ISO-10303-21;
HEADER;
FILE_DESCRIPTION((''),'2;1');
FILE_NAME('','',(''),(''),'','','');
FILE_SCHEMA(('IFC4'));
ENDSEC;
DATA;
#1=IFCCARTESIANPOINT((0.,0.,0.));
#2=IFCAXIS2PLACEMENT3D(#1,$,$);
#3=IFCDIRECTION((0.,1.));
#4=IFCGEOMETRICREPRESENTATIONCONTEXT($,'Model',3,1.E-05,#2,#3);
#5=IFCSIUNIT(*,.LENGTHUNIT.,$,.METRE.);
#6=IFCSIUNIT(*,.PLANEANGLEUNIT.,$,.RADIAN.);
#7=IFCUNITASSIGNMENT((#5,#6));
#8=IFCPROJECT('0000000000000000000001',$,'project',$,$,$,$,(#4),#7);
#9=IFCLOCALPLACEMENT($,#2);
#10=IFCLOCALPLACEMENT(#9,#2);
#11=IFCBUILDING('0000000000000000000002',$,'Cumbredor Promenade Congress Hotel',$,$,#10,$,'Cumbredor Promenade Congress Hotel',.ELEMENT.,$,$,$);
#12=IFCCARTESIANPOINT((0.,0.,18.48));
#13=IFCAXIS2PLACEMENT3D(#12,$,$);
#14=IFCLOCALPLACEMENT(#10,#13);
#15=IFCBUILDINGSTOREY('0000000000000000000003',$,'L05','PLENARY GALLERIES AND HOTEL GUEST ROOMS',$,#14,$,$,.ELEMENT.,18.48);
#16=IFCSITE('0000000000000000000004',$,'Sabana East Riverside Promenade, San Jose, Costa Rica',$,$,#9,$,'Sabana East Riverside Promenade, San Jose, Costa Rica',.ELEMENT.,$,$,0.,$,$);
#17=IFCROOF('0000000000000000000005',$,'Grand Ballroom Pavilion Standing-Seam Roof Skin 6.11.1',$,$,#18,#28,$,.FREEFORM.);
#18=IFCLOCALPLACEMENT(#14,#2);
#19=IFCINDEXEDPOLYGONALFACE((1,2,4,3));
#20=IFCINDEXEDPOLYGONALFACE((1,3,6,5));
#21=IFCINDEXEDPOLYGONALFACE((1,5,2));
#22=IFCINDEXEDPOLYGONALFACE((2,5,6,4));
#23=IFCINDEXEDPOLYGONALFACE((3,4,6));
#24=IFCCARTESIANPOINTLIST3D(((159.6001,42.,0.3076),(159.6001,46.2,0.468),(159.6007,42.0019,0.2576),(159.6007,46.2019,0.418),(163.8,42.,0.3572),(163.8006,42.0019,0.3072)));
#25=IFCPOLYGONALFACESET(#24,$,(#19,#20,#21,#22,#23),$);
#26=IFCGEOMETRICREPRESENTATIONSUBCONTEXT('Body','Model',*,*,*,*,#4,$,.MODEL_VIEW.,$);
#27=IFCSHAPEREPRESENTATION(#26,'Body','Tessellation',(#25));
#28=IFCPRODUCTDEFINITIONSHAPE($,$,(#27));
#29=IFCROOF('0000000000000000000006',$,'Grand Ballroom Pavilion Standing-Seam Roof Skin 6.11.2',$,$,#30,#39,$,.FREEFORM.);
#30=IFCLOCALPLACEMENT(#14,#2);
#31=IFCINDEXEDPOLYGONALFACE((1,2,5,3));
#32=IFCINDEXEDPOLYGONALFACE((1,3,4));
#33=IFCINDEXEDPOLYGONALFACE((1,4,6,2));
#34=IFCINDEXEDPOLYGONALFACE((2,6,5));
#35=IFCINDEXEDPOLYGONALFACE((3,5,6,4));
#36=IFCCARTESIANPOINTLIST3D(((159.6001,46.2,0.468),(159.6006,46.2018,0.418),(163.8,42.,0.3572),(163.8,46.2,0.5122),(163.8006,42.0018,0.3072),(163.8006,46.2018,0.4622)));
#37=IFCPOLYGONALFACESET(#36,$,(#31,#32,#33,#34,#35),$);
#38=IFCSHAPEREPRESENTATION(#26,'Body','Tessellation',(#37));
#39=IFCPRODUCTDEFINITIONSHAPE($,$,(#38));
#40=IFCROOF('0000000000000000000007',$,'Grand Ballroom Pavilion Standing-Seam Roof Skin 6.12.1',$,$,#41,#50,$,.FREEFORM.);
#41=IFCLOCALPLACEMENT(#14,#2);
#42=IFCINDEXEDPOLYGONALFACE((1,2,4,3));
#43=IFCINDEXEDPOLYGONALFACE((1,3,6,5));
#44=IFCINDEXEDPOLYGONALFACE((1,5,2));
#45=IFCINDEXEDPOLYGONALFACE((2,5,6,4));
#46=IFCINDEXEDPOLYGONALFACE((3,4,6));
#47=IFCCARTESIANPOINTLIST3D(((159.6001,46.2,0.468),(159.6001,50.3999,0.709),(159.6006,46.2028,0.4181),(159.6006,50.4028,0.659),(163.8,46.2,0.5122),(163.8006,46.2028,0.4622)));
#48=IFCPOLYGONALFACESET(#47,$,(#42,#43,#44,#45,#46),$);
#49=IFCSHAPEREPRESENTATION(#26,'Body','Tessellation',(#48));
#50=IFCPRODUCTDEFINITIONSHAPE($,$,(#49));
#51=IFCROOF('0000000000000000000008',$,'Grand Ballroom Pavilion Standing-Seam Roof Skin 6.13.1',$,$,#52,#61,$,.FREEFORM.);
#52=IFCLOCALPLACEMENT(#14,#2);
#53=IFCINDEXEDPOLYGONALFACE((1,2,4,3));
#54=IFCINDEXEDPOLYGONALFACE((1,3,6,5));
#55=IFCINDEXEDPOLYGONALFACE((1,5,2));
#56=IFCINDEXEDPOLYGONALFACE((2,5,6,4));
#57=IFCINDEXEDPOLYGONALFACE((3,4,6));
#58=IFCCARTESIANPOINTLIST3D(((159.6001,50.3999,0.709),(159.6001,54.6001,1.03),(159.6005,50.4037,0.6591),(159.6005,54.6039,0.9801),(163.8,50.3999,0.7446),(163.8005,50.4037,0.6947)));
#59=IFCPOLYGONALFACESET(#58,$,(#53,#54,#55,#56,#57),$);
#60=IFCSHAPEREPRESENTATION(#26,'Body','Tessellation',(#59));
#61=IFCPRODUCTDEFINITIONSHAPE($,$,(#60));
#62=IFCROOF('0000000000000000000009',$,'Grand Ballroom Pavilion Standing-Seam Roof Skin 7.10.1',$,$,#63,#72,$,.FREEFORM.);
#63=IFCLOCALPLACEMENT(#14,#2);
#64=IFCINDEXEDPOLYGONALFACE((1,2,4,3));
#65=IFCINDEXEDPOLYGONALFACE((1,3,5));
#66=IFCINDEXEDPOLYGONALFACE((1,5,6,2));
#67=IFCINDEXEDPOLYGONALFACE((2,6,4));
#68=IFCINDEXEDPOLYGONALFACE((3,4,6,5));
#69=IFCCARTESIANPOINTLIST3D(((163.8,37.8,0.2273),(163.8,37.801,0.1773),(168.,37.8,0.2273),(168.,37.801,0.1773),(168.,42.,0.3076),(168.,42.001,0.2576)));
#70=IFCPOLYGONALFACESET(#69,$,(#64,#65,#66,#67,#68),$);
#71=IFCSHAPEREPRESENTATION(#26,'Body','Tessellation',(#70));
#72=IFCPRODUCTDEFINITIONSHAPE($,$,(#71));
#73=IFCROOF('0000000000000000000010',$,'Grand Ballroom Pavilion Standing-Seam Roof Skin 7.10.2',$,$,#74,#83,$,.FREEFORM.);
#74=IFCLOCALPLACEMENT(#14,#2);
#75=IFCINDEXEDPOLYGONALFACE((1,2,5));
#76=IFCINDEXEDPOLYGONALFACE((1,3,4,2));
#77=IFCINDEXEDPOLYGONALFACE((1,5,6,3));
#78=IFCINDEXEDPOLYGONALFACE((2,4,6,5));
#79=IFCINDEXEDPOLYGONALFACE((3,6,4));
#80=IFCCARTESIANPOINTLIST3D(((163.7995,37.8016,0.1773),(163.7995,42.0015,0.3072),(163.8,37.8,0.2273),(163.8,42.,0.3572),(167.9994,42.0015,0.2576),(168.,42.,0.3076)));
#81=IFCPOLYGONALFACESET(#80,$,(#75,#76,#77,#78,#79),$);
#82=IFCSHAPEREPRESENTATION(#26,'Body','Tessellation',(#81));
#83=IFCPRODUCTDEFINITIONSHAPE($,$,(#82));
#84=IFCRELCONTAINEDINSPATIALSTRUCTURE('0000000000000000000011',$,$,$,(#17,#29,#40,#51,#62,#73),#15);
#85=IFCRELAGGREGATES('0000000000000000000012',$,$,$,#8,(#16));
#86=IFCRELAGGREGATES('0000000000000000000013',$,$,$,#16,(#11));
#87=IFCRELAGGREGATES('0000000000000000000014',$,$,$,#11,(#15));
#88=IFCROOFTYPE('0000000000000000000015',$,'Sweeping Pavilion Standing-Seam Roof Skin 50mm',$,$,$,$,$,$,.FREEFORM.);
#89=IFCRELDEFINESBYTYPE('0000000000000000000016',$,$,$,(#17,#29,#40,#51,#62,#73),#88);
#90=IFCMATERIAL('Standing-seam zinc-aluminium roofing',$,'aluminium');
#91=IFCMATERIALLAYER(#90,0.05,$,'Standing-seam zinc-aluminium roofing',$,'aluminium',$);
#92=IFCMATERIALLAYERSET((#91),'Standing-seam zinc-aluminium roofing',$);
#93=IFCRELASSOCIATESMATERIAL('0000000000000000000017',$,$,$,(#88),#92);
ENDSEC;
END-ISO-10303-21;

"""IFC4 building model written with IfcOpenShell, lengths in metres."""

from ifc_helpers import new_model, si_unit, direction, frame, origin, place, context, subcontext, project, spatial, polyline, outline, extrude, material, layer, layer_set, type_object, element, save


model = new_model("IFC4")

# Units and contexts
model_context = context("Model", 3, precision=1e-05, world=origin(), true_north=direction((0.0, 1.0)))
body_context = subcontext(model_context, "Body", "Model", "MODEL_VIEW")
ifc_project = project(units=[si_unit("LENGTHUNIT", "METRE"), si_unit("PLANEANGLEUNIT", "RADIAN")], contexts=[model_context])

# Site, building, storey
site_placement = place(None, origin())
site = spatial("IfcSite", under=ifc_project, at=site_placement, Name="Sabana East Riverside Promenade, San Jose, Costa Rica", LongName="Sabana East Riverside Promenade, San Jose, Costa Rica", CompositionType="ELEMENT", RefElevation=0.0)
building_placement = place(site_placement, origin())
building = spatial("IfcBuilding", under=site, at=building_placement, Name="Cumbredor Promenade Congress Hotel", LongName="Cumbredor Promenade Congress Hotel", CompositionType="ELEMENT")
storey_placement = place(building_placement, frame((0.0, 0.0, 18.48)))
storey = spatial("IfcBuildingStorey", under=building, at=storey_placement, Name="L05", Description="PLENARY GALLERIES AND HOTEL GUEST ROOMS", CompositionType="ELEMENT", Elevation=18.48)

# Roofs
ifc_material_1 = material(Name="Standing-seam zinc-aluminium roofing", Category="aluminium")
ifc_layer_1 = layer(ifc_material_1, 0.05, Name="Standing-seam zinc-aluminium roofing", Category="aluminium")
ifc_layer_set_1 = layer_set([ifc_layer_1], Name="Standing-seam zinc-aluminium roofing")
roof_type = type_object("IfcRoofType", Name="Sweeping Pavilion Standing-Seam Roof Skin 50mm", PredefinedType="FREEFORM", material=ifc_layer_set_1)
roof_1_placement = place(storey_placement, frame((159.6001, 42.0, 0.3076), z_axis=(-0.011791, -0.038161, 0.999202), x_axis=(0.99993, 0.0, 0.011799)))
element("IfcRoof", 1, at=roof_1_placement, inside=storey, type_object=roof_type, Name="Grand Ballroom Pavilion Standing-Seam Roof Skin 6.11.1", PredefinedType="FREEFORM", context=body_context, shape_type="SweptSolid", body=[
    extrude(outline(polyline([(0.0, 0.0), (4.2002, 0.0), (0.0019, 4.203), (0.0, 0.0)])), origin(), (0.0, 0.0, -1.0), 0.05),
])
roof_2_placement = place(storey_placement, frame((163.8, 42.0, 0.3572), z_axis=(-0.010514, -0.036885, 0.999264), x_axis=(0.0, 0.999319, 0.036887)))
element("IfcRoof", 2, at=roof_2_placement, inside=storey, type_object=roof_type, Name="Grand Ballroom Pavilion Standing-Seam Roof Skin 6.11.2", PredefinedType="FREEFORM", context=body_context, shape_type="SweptSolid", body=[
    extrude(outline(polyline([(0.0, 0.0), (4.2028, 0.0), (4.2012, 4.2002), (0.0, 0.0)])), origin(), (0.0, 0.0, -1.0), 0.05),
])
roof_3_placement = place(storey_placement, frame((159.6001, 46.2, 0.468), z_axis=(-0.010504, -0.057276, 0.998303), x_axis=(0.999945, 0.0, 0.010521)))
element("IfcRoof", 3, at=roof_3_placement, inside=storey, type_object=roof_type, Name="Grand Ballroom Pavilion Standing-Seam Roof Skin 6.12.1", PredefinedType="FREEFORM", context=body_context, shape_type="SweptSolid", body=[
    extrude(outline(polyline([(0.0, 0.0), (4.2002, 0.0), (0.0025, 4.2069), (0.0, 0.0)])), origin(), (0.0, 0.0, -1.0), 0.05),
])
roof_4_placement = place(storey_placement, frame((159.6001, 50.3999, 0.709), z_axis=(-0.008462, -0.076211, 0.997056), x_axis=(0.999964, 0.0, 0.008487)))
element("IfcRoof", 4, at=roof_4_placement, inside=storey, type_object=roof_type, Name="Grand Ballroom Pavilion Standing-Seam Roof Skin 6.13.1", PredefinedType="FREEFORM", context=body_context, shape_type="SweptSolid", body=[
    extrude(outline(polyline([(0.0, 0.0), (4.2001, 0.0), (0.0027, 4.2124), (0.0, 0.0)])), origin(), (0.0, 0.0, -1.0), 0.05),
])
roof_5_placement = place(storey_placement, frame((163.8, 37.8, 0.2273), z_axis=(0.0, -0.019121, 0.999817), x_axis=(1.0, 0.0, 0.0)))
element("IfcRoof", 5, at=roof_5_placement, inside=storey, type_object=roof_type, Name="Grand Ballroom Pavilion Standing-Seam Roof Skin 7.10.1", PredefinedType="FREEFORM", context=body_context, shape_type="SweptSolid", body=[
    extrude(outline(polyline([(0.0, 0.0), (4.2, 0.0), (4.2, 4.2007), (0.0, 0.0)])), origin(), (0.0, 0.0, -1.0), 0.05),
])
roof_6_placement = place(storey_placement, frame((163.8, 37.8, 0.2273), z_axis=(0.011794, -0.030908, 0.999453), x_axis=(0.707042, 0.707042, 0.013522)))
element("IfcRoof", 6, at=roof_6_placement, inside=storey, type_object=roof_type, Name="Grand Ballroom Pavilion Standing-Seam Roof Skin 7.10.2", PredefinedType="FREEFORM", context=body_context, shape_type="SweptSolid", body=[
    extrude(outline(polyline([(0.0, 0.0), (5.9402, 0.0), (2.9713, 2.9712), (0.0, 0.0)])), origin(), (0.0, 0.0, -1.0), 0.05),
])

save(model, "model.ifc")
